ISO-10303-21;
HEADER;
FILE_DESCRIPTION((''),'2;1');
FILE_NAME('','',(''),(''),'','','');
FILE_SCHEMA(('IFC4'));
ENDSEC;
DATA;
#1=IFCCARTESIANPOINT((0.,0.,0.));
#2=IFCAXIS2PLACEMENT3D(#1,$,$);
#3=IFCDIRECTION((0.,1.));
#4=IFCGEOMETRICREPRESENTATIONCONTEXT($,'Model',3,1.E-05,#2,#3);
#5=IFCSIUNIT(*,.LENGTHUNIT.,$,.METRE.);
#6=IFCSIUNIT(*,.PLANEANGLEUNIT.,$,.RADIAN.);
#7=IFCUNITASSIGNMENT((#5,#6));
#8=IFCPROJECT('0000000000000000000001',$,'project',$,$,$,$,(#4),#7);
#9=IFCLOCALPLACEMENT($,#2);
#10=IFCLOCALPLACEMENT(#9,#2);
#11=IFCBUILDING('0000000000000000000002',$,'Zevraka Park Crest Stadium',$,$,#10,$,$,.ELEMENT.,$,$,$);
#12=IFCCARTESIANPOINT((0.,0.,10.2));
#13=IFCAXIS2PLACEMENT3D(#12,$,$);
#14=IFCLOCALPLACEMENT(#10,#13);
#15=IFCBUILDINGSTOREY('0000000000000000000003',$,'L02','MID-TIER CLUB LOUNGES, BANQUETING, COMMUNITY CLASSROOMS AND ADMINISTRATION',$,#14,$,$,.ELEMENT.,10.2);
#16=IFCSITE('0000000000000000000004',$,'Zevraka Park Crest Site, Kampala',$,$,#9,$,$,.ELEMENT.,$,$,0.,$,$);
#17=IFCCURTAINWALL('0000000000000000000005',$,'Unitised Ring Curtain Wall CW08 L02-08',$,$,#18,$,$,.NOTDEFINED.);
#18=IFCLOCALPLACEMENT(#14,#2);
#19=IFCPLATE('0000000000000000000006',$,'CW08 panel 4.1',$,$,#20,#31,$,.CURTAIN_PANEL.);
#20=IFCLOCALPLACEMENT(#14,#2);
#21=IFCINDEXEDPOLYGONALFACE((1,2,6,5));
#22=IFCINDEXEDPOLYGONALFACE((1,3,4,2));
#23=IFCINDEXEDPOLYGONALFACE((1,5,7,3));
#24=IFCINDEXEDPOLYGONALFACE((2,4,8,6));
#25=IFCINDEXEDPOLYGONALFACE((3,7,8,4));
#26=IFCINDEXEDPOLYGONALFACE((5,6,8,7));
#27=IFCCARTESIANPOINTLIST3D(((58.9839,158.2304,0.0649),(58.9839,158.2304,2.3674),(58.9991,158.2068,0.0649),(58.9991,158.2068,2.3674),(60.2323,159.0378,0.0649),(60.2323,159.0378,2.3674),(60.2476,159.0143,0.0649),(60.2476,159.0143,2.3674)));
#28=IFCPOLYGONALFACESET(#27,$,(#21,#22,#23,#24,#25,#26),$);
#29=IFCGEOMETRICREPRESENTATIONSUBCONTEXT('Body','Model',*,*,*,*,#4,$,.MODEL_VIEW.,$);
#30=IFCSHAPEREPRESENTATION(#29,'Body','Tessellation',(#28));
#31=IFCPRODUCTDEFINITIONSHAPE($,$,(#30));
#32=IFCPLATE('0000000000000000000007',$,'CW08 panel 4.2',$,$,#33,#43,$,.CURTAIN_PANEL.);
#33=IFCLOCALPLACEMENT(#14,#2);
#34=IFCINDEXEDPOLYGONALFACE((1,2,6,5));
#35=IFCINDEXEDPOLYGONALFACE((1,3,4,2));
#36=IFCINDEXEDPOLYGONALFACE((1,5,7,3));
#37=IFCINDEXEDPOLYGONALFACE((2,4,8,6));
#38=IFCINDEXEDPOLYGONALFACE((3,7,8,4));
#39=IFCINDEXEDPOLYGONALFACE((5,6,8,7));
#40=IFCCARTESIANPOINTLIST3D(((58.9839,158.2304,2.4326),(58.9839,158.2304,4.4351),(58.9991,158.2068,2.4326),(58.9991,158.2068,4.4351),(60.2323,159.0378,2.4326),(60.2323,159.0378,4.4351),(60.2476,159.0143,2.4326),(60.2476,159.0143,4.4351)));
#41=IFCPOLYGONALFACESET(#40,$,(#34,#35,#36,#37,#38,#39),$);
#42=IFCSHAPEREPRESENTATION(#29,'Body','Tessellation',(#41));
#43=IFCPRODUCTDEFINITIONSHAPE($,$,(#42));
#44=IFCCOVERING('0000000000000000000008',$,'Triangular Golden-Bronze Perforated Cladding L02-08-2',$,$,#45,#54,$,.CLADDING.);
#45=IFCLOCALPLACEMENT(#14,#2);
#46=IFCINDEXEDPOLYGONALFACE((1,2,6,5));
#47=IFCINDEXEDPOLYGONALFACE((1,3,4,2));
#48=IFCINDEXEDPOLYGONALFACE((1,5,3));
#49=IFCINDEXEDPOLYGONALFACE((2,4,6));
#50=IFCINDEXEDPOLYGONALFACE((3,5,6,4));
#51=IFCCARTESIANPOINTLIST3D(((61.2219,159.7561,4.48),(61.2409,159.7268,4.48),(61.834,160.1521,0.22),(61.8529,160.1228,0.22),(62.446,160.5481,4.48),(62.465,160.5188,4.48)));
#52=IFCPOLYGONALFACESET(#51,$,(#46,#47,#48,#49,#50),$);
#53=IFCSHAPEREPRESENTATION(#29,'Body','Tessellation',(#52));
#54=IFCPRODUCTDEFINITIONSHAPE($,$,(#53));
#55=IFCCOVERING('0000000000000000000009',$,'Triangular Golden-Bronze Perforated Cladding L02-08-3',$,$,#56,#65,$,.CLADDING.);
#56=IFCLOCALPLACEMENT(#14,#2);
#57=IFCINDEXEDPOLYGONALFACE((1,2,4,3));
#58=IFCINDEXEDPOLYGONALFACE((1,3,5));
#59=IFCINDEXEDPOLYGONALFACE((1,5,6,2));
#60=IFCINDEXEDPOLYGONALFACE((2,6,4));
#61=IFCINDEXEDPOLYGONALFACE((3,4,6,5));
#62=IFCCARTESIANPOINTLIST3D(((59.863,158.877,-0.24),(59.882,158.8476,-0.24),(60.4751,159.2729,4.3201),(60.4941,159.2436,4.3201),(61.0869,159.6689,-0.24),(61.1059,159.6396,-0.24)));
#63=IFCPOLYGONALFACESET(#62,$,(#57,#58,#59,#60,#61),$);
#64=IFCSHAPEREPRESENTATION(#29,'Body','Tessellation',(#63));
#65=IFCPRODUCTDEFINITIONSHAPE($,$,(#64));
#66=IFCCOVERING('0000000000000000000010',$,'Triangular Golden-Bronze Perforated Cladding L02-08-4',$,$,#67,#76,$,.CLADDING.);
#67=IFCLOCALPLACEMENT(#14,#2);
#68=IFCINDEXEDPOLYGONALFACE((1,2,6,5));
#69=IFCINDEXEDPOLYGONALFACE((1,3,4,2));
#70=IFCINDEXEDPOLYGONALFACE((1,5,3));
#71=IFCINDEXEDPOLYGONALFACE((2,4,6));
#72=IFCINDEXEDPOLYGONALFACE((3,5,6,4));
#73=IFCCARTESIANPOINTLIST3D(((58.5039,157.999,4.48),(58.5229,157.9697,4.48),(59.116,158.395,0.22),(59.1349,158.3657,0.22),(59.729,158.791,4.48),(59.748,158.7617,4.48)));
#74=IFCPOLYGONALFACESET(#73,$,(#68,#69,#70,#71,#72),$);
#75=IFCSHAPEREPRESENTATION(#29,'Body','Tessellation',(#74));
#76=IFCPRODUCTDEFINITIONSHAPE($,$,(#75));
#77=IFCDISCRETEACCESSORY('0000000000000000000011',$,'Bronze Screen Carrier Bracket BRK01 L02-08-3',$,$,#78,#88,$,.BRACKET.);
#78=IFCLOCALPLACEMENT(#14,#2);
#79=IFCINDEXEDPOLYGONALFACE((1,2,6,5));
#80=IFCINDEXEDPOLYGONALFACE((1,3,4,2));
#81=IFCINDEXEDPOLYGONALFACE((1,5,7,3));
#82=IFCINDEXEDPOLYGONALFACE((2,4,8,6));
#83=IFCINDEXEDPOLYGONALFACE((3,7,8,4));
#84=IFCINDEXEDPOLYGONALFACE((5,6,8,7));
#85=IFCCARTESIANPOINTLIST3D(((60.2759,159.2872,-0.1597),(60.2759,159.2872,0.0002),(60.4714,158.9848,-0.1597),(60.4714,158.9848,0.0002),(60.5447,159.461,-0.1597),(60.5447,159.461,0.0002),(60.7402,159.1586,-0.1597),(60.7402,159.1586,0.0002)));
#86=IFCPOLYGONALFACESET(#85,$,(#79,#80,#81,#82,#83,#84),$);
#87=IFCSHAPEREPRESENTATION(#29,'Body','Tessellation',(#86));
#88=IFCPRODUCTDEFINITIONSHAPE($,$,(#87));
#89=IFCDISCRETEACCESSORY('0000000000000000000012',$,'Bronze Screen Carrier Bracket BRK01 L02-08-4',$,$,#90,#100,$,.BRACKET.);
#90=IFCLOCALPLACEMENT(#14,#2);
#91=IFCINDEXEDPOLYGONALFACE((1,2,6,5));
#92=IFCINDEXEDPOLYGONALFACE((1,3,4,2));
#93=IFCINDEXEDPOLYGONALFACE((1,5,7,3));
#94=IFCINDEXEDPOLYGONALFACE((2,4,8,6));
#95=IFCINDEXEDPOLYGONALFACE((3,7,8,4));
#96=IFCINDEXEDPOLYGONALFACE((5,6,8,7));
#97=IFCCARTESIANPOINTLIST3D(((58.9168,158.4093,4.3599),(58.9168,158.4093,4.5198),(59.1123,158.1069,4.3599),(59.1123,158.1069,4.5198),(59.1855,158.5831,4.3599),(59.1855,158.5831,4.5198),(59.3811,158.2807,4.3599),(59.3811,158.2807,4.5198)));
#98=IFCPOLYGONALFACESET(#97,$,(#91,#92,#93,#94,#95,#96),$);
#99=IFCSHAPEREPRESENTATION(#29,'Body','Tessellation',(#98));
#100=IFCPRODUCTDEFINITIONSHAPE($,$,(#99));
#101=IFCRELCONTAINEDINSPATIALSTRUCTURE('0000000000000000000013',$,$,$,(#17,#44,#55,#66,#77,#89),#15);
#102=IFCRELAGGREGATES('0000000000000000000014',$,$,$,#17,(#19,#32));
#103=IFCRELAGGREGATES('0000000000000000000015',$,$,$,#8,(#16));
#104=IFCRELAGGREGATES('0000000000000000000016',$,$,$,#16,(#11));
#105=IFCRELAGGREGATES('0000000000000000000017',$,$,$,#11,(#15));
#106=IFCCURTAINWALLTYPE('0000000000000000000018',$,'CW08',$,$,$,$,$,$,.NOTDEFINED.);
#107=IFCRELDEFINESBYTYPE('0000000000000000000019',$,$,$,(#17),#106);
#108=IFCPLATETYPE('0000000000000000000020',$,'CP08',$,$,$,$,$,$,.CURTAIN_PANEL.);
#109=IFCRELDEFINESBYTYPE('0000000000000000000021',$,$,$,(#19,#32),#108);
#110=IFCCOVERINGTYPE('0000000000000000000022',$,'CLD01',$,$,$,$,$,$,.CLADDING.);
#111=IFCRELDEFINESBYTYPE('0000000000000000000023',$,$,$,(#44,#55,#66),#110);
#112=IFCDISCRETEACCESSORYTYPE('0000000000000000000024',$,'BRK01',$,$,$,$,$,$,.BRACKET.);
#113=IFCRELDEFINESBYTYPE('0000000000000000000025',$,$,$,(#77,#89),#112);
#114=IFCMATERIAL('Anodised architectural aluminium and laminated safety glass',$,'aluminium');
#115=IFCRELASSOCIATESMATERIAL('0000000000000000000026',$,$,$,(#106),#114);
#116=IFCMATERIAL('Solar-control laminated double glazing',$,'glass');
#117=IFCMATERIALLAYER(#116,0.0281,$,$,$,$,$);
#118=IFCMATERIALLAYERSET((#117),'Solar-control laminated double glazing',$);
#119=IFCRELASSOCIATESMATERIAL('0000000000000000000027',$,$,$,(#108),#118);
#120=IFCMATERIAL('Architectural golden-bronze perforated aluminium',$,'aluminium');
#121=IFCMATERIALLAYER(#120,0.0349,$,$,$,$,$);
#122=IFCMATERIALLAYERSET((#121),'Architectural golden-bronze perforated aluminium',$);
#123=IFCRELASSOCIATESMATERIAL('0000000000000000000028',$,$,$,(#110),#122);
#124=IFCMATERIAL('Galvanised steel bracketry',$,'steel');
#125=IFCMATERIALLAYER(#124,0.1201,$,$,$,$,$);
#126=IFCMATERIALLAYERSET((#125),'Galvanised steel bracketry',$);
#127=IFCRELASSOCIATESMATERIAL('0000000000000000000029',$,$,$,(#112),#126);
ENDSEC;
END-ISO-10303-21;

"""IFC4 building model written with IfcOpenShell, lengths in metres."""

from ifc_helpers import new_model, si_unit, direction, frame, origin, origin_2d, place, context, subcontext, project, spatial, polyline, rectangle, outline, extrude, material, layer, layer_set, type_object, element, aggregate, save


model = new_model("IFC4")

# Units and contexts
model_context = context("Model", 3, precision=1e-05, world=origin(), true_north=direction((0.0, 1.0)))
body_context = subcontext(model_context, "Body", "Model", "MODEL_VIEW")
ifc_project = project(units=[si_unit("LENGTHUNIT", "METRE"), si_unit("PLANEANGLEUNIT", "RADIAN")], contexts=[model_context])

# Site, building, storey
site_placement = place(None, origin())
site = spatial("IfcSite", under=ifc_project, at=site_placement, Name="Zevraka Park Crest Site, Kampala", CompositionType="ELEMENT", RefElevation=0.0)
building_placement = place(site_placement, origin())
building = spatial("IfcBuilding", under=site, at=building_placement, Name="Zevraka Park Crest Stadium", CompositionType="ELEMENT")
storey_placement = place(building_placement, frame((0.0, 0.0, 10.2)))
storey = spatial("IfcBuildingStorey", under=building, at=storey_placement, Name="L02", Description="MID-TIER CLUB LOUNGES, BANQUETING, COMMUNITY CLASSROOMS AND ADMINISTRATION", CompositionType="ELEMENT", Elevation=10.2)

# Curtain wall, plates
ifc_material_1 = material(Name="Anodised architectural aluminium and laminated safety glass", Category="aluminium")
curtain_wall_type = type_object("IfcCurtainWallType", Name="CW08", PredefinedType="NOTDEFINED", material=ifc_material_1)
curtain_wall_placement = place(storey_placement, origin())
curtain_wall = element("IfcCurtainWall", 1, at=curtain_wall_placement, inside=storey, type_object=curtain_wall_type, Name="Unitised Ring Curtain Wall CW08 L02-08", PredefinedType="NOTDEFINED")
ifc_material_2 = material(Name="Solar-control laminated double glazing", Category="glass")
ifc_layer_1 = layer(ifc_material_2, 0.0281)
ifc_layer_set_1 = layer_set([ifc_layer_1], Name="Solar-control laminated double glazing")
plate_type = type_object("IfcPlateType", Name="CP08", PredefinedType="CURTAIN_PANEL", material=ifc_layer_set_1)
plate_1_placement = place(storey_placement, frame((59.6157, 158.6223, 0.0649), z_axis=(0.0, 0.0, 1.0), x_axis=(-0.83967, -0.543096, 0.0)))
plate_1 = element("IfcPlate", 2, at=plate_1_placement, type_object=plate_type, Name="CW08 panel 4.1", PredefinedType="CURTAIN_PANEL", context=body_context, shape_type="SweptSolid", body=[
    extrude(rectangle(XDim=1.4868, YDim=0.0281, at=origin_2d()), origin(), (0.0, 0.0, 1.0), 2.3025),
])
plate_2_placement = place(storey_placement, frame((59.6157, 158.6223, 2.4326), z_axis=(0.0, 0.0, 1.0), x_axis=(-0.83967, -0.543096, 0.0)))
plate_2 = element("IfcPlate", 3, at=plate_2_placement, type_object=plate_type, Name="CW08 panel 4.2", PredefinedType="CURTAIN_PANEL", context=body_context, shape_type="SweptSolid", body=[
    extrude(rectangle(XDim=1.4868, YDim=0.0281, at=origin_2d()), origin(), (0.0, 0.0, 1.0), 2.0024),
])
aggregate(curtain_wall, [plate_1, plate_2])

# Coverings
ifc_material_3 = material(Name="Architectural golden-bronze perforated aluminium", Category="aluminium")
ifc_layer_2 = layer(ifc_material_3, 0.0349)
ifc_layer_set_2 = layer_set([ifc_layer_2], Name="Architectural golden-bronze perforated aluminium")
covering_type = type_object("IfcCoveringType", Name="CLD01", PredefinedType="CLADDING", material=ifc_layer_set_2)
covering_1_placement = place(storey_placement, frame((61.2219, 159.7561, 4.48), z_axis=(-0.54321, 0.839597, 0.0), x_axis=(0.839597, 0.54321, 0.0)))
element("IfcCovering", 4, at=covering_1_placement, inside=storey, type_object=covering_type, Name="Triangular Golden-Bronze Perforated Cladding L02-08-2", PredefinedType="CLADDING", context=body_context, shape_type="SweptSolid", body=[
    extrude(outline(polyline([(0.0, 0.0), (1.458, 0.0), (0.729, 4.26), (0.0, 0.0)])), origin(), (0.0, 0.0, -1.0), 0.0349),
])
covering_2_placement = place(storey_placement, frame((61.0869, 159.6689, -0.24), z_axis=(-0.543286, 0.839548, 0.000015), x_axis=(-0.839548, -0.543286, 0.0)))
element("IfcCovering", 5, at=covering_2_placement, inside=storey, type_object=covering_type, Name="Triangular Golden-Bronze Perforated Cladding L02-08-3", PredefinedType="CLADDING", context=body_context, shape_type="SweptSolid", body=[
    extrude(outline(polyline([(0.0, 0.0), (1.4578, 0.0), (0.7288, 4.5601), (0.0, 0.0)])), origin(), (0.0, 0.0, -1.0), 0.0349),
])
covering_3_placement = place(storey_placement, frame((58.5039, 157.999, 4.48), z_axis=(-0.542904, 0.839795, 0.000062), x_axis=(0.839795, 0.542904, 0.0)))
element("IfcCovering", 6, at=covering_3_placement, inside=storey, type_object=covering_type, Name="Triangular Golden-Bronze Perforated Cladding L02-08-4", PredefinedType="CLADDING", context=body_context, shape_type="SweptSolid", body=[
    extrude(outline(polyline([(0.0, 0.0), (1.4588, 0.0), (0.729, 4.26), (0.0, 0.0)])), origin(), (0.0, 0.0, -1.0), 0.0349),
])

# Discrete accessories
ifc_material_4 = material(Name="Galvanised steel bracketry", Category="steel")
ifc_layer_3 = layer(ifc_material_4, 0.1201)
ifc_layer_set_3 = layer_set([ifc_layer_3], Name="Galvanised steel bracketry")
discrete_accessory_type = type_object("IfcDiscreteAccessoryType", Name="BRK01", PredefinedType="BRACKET", material=ifc_layer_set_3)
for number, where, z_axis, x_axis, name in (
    (7, (60.5081, 159.2229, -0.1597), (0.0, 0.0, 1.0), (-0.839715, -0.543028, 0.0), "Bronze Screen Carrier Bracket BRK01 L02-08-3"),
    (8, (59.1489, 158.345, 4.3599), (0.0, 0.0, 1.0), (-0.839715, -0.543028, 0.0), "Bronze Screen Carrier Bracket BRK01 L02-08-4"),
):
    element("IfcDiscreteAccessory", number, at=place(storey_placement, frame(where, z_axis=z_axis, x_axis=x_axis)), inside=storey, type_object=discrete_accessory_type, Name=name, PredefinedType="BRACKET", context=body_context, shape_type="SweptSolid", body=[
        extrude(rectangle(XDim=0.3201, YDim=0.3601, at=origin_2d()), origin(), (0.0, 0.0, 1.0), 0.1599),
    ])

save(model, "model.ifc")
